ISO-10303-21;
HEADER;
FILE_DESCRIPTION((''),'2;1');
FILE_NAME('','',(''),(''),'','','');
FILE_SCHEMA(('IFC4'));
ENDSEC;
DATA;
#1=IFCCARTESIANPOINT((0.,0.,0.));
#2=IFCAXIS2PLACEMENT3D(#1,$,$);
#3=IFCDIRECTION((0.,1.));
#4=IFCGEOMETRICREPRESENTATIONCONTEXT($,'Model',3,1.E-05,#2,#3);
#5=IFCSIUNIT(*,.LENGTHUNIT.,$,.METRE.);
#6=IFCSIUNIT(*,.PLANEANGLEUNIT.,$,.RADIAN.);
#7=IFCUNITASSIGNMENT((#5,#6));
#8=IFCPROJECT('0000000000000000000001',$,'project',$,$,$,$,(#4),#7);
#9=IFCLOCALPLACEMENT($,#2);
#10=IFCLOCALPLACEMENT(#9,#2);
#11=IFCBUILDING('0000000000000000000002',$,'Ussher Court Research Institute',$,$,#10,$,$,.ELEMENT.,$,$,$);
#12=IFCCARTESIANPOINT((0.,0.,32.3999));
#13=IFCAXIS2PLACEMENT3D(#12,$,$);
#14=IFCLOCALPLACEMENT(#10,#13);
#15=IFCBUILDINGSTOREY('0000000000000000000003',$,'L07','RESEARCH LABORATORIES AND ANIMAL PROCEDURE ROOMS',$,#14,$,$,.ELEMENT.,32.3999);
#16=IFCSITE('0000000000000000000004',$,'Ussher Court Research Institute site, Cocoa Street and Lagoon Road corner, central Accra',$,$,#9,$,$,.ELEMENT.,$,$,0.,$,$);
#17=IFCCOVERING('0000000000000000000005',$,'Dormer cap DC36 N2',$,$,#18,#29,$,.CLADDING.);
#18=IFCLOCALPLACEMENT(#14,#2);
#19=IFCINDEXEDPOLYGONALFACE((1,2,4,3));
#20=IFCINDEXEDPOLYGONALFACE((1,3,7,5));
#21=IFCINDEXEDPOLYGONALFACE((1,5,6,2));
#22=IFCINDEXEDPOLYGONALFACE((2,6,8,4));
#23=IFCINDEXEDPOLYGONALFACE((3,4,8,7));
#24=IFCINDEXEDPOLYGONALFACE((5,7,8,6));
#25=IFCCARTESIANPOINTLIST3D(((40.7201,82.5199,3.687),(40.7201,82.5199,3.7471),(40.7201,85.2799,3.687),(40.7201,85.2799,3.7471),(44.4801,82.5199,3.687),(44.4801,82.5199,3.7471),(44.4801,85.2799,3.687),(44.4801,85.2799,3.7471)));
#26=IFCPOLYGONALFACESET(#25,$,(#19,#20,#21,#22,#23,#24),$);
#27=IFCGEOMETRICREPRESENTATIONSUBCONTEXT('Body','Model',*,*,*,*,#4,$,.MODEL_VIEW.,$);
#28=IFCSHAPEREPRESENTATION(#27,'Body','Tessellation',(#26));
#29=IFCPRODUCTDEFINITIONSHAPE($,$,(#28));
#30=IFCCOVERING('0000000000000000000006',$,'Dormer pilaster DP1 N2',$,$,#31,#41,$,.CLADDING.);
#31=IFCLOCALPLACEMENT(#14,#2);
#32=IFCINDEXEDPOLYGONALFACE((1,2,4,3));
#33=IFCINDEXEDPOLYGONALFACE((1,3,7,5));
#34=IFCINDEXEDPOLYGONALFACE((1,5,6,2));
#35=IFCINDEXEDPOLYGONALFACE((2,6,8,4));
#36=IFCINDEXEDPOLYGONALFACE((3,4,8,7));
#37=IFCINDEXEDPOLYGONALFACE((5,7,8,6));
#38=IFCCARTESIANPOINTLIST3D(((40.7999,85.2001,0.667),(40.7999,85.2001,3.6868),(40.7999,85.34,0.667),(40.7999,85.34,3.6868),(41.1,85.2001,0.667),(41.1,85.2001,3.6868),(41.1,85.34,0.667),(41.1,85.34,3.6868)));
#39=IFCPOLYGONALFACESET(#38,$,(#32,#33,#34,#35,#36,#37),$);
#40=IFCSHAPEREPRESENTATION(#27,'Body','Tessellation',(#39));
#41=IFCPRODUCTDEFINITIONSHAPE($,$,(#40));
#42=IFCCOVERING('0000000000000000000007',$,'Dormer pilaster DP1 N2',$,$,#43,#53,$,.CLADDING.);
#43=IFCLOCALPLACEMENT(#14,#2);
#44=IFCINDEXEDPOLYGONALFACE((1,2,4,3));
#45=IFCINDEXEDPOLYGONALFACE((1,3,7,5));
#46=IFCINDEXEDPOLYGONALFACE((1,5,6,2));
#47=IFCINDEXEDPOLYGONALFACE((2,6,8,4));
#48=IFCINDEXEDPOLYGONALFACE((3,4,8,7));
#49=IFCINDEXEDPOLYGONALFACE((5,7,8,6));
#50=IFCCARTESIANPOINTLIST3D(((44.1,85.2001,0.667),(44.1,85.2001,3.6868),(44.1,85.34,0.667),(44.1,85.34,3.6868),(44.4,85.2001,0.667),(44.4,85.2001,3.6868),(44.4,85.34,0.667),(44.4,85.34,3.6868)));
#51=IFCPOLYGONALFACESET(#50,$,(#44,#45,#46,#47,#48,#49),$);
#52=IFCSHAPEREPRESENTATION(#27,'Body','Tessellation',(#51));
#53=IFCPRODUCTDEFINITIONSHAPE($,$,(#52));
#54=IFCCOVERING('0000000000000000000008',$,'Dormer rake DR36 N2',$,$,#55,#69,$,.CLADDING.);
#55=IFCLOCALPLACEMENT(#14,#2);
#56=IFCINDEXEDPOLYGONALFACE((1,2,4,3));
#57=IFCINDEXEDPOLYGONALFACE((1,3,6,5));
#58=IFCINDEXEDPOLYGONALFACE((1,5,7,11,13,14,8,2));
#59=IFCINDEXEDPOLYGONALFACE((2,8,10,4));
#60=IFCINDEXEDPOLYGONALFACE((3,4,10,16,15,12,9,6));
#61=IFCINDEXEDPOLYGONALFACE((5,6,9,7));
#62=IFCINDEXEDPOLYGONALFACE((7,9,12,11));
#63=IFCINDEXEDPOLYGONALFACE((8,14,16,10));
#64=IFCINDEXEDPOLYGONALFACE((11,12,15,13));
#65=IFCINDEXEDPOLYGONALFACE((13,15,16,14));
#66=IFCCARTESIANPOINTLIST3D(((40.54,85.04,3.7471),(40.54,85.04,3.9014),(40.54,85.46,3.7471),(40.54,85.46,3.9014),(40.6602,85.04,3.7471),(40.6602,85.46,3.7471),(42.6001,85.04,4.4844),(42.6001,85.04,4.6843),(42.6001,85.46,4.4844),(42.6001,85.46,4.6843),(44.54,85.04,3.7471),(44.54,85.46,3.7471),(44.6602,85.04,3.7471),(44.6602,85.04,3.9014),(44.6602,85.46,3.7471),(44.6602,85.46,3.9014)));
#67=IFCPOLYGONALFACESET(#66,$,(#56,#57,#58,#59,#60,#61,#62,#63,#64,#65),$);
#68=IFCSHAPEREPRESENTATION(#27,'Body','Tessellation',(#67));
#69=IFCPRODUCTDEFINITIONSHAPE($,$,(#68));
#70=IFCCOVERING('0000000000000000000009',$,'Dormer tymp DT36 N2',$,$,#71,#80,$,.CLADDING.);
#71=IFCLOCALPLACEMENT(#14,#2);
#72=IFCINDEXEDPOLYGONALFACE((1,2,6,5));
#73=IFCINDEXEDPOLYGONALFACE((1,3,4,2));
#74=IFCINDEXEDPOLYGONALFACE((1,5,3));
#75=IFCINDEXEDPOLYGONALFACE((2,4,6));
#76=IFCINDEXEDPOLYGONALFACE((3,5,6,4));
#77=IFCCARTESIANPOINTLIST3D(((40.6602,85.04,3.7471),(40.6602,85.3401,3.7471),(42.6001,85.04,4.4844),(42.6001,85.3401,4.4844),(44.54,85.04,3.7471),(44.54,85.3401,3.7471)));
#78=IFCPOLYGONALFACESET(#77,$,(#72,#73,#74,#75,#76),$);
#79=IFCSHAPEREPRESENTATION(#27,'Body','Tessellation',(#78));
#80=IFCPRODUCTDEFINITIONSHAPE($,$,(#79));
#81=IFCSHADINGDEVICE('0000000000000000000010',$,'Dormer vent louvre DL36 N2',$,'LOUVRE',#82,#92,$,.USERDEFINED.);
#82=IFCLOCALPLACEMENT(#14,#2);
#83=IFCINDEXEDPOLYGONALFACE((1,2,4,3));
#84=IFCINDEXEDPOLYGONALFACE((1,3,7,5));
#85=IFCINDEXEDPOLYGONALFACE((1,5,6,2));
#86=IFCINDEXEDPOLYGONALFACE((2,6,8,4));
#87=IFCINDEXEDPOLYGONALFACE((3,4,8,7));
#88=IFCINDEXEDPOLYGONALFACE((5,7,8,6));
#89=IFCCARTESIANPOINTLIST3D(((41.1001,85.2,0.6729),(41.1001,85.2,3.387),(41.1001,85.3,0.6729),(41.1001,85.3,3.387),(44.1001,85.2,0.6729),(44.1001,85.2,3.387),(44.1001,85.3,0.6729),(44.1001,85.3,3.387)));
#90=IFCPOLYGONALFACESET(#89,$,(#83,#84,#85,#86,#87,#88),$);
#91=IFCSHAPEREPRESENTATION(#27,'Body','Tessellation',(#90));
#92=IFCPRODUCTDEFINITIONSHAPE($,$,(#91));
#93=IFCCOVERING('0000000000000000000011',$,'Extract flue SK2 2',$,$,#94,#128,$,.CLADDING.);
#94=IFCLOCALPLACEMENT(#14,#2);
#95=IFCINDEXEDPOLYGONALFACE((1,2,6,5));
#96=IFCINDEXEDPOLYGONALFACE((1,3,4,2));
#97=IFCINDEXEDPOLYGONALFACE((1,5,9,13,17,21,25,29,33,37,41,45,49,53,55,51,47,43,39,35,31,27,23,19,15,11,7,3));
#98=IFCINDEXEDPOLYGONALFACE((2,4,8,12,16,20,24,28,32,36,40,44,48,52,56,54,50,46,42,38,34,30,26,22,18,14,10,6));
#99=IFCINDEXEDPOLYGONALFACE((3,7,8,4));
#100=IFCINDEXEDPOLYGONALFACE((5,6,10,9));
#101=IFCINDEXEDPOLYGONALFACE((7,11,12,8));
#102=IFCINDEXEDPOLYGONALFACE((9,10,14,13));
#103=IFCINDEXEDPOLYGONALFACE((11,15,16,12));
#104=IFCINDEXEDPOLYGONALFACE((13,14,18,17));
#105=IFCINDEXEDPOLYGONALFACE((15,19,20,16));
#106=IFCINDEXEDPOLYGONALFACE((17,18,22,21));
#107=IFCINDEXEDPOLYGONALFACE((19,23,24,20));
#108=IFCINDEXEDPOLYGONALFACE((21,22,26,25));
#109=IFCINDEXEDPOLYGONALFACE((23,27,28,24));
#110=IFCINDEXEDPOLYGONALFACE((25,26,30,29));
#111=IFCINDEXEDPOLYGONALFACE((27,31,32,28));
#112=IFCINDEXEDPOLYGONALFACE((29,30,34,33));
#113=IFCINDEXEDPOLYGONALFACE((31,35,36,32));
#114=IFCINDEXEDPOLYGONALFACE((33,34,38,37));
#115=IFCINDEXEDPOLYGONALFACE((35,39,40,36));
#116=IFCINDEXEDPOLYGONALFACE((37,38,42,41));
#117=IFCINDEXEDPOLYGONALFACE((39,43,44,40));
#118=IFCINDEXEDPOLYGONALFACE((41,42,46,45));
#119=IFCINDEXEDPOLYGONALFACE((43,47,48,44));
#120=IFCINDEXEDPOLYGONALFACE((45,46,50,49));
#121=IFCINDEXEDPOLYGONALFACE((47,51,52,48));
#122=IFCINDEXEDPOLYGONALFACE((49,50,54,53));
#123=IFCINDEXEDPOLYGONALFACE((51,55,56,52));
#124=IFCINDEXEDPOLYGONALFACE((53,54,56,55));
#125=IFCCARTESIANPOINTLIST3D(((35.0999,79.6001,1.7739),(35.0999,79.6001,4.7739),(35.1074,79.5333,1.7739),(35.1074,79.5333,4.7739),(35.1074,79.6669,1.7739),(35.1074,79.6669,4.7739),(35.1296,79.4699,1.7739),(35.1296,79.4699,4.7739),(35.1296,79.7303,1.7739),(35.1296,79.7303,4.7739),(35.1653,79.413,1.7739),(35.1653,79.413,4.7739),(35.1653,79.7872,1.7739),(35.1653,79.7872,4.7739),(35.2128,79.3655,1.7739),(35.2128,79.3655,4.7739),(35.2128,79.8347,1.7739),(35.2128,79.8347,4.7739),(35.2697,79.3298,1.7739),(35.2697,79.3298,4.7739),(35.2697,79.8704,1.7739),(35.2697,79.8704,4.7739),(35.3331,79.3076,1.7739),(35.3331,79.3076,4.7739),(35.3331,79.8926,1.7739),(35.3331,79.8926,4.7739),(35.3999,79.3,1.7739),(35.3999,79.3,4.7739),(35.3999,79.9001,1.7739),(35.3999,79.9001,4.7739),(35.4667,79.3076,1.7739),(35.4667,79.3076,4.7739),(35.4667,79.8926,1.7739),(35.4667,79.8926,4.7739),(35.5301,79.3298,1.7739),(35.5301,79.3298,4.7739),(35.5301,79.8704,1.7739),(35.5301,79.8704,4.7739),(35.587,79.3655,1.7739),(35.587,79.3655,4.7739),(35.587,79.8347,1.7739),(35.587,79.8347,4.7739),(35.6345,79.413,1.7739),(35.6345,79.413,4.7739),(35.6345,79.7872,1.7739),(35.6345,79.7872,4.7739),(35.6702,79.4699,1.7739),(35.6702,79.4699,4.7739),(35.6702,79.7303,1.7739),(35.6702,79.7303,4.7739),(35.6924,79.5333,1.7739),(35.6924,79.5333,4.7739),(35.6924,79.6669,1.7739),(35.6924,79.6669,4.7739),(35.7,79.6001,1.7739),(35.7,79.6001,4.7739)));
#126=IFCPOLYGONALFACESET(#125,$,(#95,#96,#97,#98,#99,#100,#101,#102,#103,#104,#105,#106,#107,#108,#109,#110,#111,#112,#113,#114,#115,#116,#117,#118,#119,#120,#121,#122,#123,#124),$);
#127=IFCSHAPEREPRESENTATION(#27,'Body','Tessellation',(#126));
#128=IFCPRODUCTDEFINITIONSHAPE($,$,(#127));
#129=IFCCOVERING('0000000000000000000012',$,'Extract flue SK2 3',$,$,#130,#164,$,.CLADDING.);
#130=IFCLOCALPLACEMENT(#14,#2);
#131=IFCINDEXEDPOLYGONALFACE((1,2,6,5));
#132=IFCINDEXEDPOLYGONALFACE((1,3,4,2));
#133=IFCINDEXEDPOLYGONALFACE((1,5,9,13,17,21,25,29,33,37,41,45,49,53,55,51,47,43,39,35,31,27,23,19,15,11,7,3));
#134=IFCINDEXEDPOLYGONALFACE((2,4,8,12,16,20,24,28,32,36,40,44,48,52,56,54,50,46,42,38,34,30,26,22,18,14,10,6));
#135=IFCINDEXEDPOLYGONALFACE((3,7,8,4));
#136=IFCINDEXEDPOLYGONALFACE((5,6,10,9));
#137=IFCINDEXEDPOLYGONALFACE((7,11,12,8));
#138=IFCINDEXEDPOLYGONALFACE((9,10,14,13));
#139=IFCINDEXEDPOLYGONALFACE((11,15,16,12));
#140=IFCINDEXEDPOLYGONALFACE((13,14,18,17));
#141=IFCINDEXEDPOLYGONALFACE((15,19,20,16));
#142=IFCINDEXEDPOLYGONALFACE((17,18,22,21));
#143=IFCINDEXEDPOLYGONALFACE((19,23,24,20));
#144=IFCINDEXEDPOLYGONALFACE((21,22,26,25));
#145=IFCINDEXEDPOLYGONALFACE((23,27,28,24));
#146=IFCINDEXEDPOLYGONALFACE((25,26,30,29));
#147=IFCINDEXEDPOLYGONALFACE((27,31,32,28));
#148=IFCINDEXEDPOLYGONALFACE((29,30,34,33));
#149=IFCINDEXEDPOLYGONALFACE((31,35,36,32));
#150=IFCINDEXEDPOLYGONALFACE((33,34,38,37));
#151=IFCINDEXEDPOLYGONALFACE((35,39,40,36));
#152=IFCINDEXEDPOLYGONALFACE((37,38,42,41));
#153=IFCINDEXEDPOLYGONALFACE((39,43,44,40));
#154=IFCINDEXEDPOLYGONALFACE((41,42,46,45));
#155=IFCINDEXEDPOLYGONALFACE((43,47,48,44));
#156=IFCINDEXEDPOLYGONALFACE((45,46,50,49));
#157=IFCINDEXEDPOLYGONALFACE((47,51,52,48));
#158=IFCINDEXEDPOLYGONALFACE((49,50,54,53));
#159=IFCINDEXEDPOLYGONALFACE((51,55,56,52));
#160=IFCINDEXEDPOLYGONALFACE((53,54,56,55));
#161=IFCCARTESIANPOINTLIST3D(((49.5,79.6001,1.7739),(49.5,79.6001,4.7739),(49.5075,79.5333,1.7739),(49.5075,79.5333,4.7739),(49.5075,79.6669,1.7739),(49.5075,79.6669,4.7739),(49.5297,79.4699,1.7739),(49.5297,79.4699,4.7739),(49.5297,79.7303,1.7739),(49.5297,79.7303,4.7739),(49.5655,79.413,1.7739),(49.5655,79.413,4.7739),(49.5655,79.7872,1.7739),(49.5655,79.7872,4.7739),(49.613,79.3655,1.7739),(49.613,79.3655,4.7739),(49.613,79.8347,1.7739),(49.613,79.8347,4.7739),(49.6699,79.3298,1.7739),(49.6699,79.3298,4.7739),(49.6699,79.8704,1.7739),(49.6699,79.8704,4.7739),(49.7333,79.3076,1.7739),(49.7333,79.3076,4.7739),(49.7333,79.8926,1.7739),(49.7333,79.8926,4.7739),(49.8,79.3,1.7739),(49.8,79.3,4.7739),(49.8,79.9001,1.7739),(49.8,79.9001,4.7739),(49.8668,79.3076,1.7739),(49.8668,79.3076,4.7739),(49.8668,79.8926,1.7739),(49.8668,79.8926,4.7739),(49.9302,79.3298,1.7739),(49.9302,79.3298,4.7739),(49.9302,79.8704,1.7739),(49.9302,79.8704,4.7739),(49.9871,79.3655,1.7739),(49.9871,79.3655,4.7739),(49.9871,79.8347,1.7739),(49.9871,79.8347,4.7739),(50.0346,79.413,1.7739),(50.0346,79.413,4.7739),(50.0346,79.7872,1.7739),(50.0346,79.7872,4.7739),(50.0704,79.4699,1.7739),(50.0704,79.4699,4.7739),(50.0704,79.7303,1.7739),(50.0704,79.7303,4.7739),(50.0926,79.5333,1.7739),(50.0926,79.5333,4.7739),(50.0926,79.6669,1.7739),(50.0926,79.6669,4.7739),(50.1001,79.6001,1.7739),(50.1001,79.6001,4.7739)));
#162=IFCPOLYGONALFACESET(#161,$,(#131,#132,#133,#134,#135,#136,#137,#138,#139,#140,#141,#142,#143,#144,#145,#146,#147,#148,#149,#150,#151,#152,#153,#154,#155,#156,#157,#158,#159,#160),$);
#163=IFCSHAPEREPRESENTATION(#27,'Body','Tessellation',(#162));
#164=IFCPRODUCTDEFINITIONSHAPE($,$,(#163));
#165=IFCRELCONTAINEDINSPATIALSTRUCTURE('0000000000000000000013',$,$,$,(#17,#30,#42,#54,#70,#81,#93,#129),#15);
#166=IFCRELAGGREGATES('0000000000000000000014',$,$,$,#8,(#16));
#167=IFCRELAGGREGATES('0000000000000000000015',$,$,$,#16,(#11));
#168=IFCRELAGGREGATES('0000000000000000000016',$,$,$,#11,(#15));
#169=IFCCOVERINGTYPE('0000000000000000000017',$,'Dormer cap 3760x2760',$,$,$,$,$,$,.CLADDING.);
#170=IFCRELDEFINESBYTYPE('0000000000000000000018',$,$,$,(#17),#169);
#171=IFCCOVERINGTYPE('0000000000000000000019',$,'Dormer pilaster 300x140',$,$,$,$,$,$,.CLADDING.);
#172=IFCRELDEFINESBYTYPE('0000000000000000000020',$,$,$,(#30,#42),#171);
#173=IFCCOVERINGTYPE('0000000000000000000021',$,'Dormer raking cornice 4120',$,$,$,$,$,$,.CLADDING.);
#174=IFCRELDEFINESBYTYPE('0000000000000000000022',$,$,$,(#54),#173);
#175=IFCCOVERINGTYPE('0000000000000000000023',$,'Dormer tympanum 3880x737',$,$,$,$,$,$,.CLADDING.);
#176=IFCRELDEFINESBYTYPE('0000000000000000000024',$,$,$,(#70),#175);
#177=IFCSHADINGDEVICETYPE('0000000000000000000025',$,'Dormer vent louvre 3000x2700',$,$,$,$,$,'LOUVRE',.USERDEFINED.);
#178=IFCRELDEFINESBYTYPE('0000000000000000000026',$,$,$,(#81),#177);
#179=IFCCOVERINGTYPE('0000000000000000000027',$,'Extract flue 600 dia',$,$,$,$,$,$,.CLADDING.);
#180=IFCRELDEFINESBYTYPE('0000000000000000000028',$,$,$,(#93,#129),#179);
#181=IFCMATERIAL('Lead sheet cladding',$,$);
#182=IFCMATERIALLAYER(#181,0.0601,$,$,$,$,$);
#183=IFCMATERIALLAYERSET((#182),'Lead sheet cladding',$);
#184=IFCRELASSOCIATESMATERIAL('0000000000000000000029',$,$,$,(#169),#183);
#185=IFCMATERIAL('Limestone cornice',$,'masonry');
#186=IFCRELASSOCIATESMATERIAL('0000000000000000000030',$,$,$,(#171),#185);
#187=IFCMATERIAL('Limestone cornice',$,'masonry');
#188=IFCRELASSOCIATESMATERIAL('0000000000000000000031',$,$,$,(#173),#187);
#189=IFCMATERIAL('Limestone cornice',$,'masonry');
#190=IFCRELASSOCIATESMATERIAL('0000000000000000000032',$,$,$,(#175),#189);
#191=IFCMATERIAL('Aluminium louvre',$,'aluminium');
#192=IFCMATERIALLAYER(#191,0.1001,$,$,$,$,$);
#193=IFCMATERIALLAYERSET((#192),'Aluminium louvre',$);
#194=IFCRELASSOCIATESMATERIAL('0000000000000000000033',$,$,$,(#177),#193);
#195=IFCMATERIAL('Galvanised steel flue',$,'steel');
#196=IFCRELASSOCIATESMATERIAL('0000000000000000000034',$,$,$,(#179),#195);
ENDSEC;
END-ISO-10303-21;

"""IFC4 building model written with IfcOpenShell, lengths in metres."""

from ifc_helpers import new_model, si_unit, direction, frame, origin, origin_2d, place, context, subcontext, project, spatial, polyline, rectangle, circle, outline, extrude, material, layer, layer_set, material_profile, profile_set, type_object, element, save


model = new_model("IFC4")

# Units and contexts
model_context = context("Model", 3, precision=1e-05, world=origin(), true_north=direction((0.0, 1.0)))
body_context = subcontext(model_context, "Body", "Model", "MODEL_VIEW")
ifc_project = project(units=[si_unit("LENGTHUNIT", "METRE"), si_unit("PLANEANGLEUNIT", "RADIAN")], contexts=[model_context])

# Site, building, storey
site_placement = place(None, origin())
site = spatial("IfcSite", under=ifc_project, at=site_placement, Name="Ussher Court Research Institute site, Cocoa Street and Lagoon Road corner, central Accra", CompositionType="ELEMENT", RefElevation=0.0)
building_placement = place(site_placement, origin())
building = spatial("IfcBuilding", under=site, at=building_placement, Name="Ussher Court Research Institute", CompositionType="ELEMENT")
storey_placement = place(building_placement, frame((0.0, 0.0, 32.3999)))
storey = spatial("IfcBuildingStorey", under=building, at=storey_placement, Name="L07", Description="RESEARCH LABORATORIES AND ANIMAL PROCEDURE ROOMS", CompositionType="ELEMENT", Elevation=32.3999)

# Coverings
ifc_material_1 = material(Name="Lead sheet cladding")
ifc_layer_1 = layer(ifc_material_1, 0.0601)
ifc_layer_set_1 = layer_set([ifc_layer_1], Name="Lead sheet cladding")
covering_type_1 = type_object("IfcCoveringType", Name="Dormer cap 3760x2760", PredefinedType="CLADDING", material=ifc_layer_set_1)
covering_1_placement = place(storey_placement, frame((42.6001, 83.8999, 3.687), z_axis=(0.0, 0.0, 1.0), x_axis=(1.0, 0.0, 0.0)))
element("IfcCovering", 1, at=covering_1_placement, inside=storey, type_object=covering_type_1, Name="Dormer cap DC36 N2", PredefinedType="CLADDING", context=body_context, shape_type="SweptSolid", body=[
    extrude(rectangle(XDim=3.76, YDim=2.76, at=origin_2d()), origin(), (0.0, 0.0, 1.0), 0.0601),
])
ifc_material_2 = material(Name="Limestone cornice", Category="masonry")
covering_type_2 = type_object("IfcCoveringType", Name="Dormer pilaster 300x140", PredefinedType="CLADDING", material=ifc_material_2)
for number, where, z_axis, x_axis, name in (
    (2, (40.95, 85.27, 0.667), (0.0, 0.0, 1.0), (1.0, 0.0, 0.0), "Dormer pilaster DP1 N2"),
    (3, (44.25, 85.27, 0.667), (0.0, 0.0, 1.0), (1.0, 0.0, 0.0), "Dormer pilaster DP1 N2"),
):
    element("IfcCovering", number, at=place(storey_placement, frame(where, z_axis=z_axis, x_axis=x_axis)), inside=storey, type_object=covering_type_2, Name=name, PredefinedType="CLADDING", context=body_context, shape_type="SweptSolid", body=[
        extrude(rectangle(XDim=0.3, YDim=0.1399, at=origin_2d()), origin(), (0.0, 0.0, 1.0), 3.0198),
    ])
ifc_material_3 = material(Name="Limestone cornice", Category="masonry")
covering_type_3 = type_object("IfcCoveringType", Name="Dormer raking cornice 4120", PredefinedType="CLADDING", material=ifc_material_3)
covering_2_placement = place(storey_placement, frame((42.6001, 85.04, 3.7471), z_axis=(0.0, 1.0, 0.0), x_axis=(-1.0, 0.0, 0.0)))
element("IfcCovering", 4, at=covering_2_placement, inside=storey, type_object=covering_type_3, Name="Dormer rake DR36 N2", PredefinedType="CLADDING", context=body_context, shape_type="SweptSolid", body=[
    extrude(outline(polyline([(2.0601, 0.0), (2.0601, 0.1543), (0.0, 0.9373), (-2.0601, 0.1543), (-2.0601, 0.0), (-1.9399, 0.0), (0.0, 0.7373), (1.9399, 0.0), (2.0601, 0.0)])), origin(), (0.0, 0.0, 1.0), 0.4199),
])
ifc_material_4 = material(Name="Limestone cornice", Category="masonry")
covering_type_4 = type_object("IfcCoveringType", Name="Dormer tympanum 3880x737", PredefinedType="CLADDING", material=ifc_material_4)
covering_3_placement = place(storey_placement, frame((42.6001, 85.04, 3.7471), z_axis=(0.0, 1.0, 0.0), x_axis=(-1.0, 0.0, 0.0)))
element("IfcCovering", 5, at=covering_3_placement, inside=storey, type_object=covering_type_4, Name="Dormer tymp DT36 N2", PredefinedType="CLADDING", context=body_context, shape_type="SweptSolid", body=[
    extrude(outline(polyline([(1.9399, 0.0), (0.0, 0.7373), (-1.9399, 0.0), (1.9399, 0.0)])), origin(), (0.0, 0.0, 1.0), 0.3),
])

# Shading device
ifc_material_5 = material(Name="Aluminium louvre", Category="aluminium")
ifc_layer_2 = layer(ifc_material_5, 0.1001)
ifc_layer_set_2 = layer_set([ifc_layer_2], Name="Aluminium louvre")
shading_device_type = type_object("IfcShadingDeviceType", Name="Dormer vent louvre 3000x2700", ElementType="LOUVRE", PredefinedType="USERDEFINED", material=ifc_layer_set_2)
shading_device_placement = place(storey_placement, frame((42.6001, 85.25, 0.6729), z_axis=(0.0, 0.0, 1.0), x_axis=(1.0, 0.0, 0.0)))
element("IfcShadingDevice", 6, at=shading_device_placement, inside=storey, type_object=shading_device_type, Name="Dormer vent louvre DL36 N2", ObjectType="LOUVRE", PredefinedType="USERDEFINED", context=body_context, shape_type="SweptSolid", body=[
    extrude(rectangle(XDim=3.0, YDim=0.1001, at=origin_2d()), origin(), (0.0, 0.0, 1.0), 2.7141),
])

# Coverings
ifc_material_6 = material(Name="Galvanised steel flue", Category="steel")
ifc_material_profile_1 = material_profile(ifc_material_6, circle(Radius=0.3, at=origin_2d()), Name="Extract flue 600 dia")
ifc_profile_set_1 = profile_set([ifc_material_profile_1], Name="Galvanised steel flue")
covering_type_5 = type_object("IfcCoveringType", Name="Extract flue 600 dia", PredefinedType="CLADDING", material=ifc_profile_set_1)
for number, where, z_axis, x_axis, name in (
    (7, (35.3999, 79.6001, 1.7739), (0.0, 0.0, 1.0), (1.0, 0.0, 0.0), "Extract flue SK2 2"),
    (8, (49.8, 79.6001, 1.7739), (0.0, 0.0, 1.0), (1.0, 0.0, 0.0), "Extract flue SK2 3"),
):
    element("IfcCovering", number, at=place(storey_placement, frame(where, z_axis=z_axis, x_axis=x_axis)), inside=storey, type_object=covering_type_5, Name=name, PredefinedType="CLADDING", context=body_context, shape_type="SweptSolid", body=[
        extrude(circle(Radius=0.3, at=origin_2d()), origin(), (0.0, 0.0, 1.0), 3.0),
    ])

save(model, "model.ifc")
